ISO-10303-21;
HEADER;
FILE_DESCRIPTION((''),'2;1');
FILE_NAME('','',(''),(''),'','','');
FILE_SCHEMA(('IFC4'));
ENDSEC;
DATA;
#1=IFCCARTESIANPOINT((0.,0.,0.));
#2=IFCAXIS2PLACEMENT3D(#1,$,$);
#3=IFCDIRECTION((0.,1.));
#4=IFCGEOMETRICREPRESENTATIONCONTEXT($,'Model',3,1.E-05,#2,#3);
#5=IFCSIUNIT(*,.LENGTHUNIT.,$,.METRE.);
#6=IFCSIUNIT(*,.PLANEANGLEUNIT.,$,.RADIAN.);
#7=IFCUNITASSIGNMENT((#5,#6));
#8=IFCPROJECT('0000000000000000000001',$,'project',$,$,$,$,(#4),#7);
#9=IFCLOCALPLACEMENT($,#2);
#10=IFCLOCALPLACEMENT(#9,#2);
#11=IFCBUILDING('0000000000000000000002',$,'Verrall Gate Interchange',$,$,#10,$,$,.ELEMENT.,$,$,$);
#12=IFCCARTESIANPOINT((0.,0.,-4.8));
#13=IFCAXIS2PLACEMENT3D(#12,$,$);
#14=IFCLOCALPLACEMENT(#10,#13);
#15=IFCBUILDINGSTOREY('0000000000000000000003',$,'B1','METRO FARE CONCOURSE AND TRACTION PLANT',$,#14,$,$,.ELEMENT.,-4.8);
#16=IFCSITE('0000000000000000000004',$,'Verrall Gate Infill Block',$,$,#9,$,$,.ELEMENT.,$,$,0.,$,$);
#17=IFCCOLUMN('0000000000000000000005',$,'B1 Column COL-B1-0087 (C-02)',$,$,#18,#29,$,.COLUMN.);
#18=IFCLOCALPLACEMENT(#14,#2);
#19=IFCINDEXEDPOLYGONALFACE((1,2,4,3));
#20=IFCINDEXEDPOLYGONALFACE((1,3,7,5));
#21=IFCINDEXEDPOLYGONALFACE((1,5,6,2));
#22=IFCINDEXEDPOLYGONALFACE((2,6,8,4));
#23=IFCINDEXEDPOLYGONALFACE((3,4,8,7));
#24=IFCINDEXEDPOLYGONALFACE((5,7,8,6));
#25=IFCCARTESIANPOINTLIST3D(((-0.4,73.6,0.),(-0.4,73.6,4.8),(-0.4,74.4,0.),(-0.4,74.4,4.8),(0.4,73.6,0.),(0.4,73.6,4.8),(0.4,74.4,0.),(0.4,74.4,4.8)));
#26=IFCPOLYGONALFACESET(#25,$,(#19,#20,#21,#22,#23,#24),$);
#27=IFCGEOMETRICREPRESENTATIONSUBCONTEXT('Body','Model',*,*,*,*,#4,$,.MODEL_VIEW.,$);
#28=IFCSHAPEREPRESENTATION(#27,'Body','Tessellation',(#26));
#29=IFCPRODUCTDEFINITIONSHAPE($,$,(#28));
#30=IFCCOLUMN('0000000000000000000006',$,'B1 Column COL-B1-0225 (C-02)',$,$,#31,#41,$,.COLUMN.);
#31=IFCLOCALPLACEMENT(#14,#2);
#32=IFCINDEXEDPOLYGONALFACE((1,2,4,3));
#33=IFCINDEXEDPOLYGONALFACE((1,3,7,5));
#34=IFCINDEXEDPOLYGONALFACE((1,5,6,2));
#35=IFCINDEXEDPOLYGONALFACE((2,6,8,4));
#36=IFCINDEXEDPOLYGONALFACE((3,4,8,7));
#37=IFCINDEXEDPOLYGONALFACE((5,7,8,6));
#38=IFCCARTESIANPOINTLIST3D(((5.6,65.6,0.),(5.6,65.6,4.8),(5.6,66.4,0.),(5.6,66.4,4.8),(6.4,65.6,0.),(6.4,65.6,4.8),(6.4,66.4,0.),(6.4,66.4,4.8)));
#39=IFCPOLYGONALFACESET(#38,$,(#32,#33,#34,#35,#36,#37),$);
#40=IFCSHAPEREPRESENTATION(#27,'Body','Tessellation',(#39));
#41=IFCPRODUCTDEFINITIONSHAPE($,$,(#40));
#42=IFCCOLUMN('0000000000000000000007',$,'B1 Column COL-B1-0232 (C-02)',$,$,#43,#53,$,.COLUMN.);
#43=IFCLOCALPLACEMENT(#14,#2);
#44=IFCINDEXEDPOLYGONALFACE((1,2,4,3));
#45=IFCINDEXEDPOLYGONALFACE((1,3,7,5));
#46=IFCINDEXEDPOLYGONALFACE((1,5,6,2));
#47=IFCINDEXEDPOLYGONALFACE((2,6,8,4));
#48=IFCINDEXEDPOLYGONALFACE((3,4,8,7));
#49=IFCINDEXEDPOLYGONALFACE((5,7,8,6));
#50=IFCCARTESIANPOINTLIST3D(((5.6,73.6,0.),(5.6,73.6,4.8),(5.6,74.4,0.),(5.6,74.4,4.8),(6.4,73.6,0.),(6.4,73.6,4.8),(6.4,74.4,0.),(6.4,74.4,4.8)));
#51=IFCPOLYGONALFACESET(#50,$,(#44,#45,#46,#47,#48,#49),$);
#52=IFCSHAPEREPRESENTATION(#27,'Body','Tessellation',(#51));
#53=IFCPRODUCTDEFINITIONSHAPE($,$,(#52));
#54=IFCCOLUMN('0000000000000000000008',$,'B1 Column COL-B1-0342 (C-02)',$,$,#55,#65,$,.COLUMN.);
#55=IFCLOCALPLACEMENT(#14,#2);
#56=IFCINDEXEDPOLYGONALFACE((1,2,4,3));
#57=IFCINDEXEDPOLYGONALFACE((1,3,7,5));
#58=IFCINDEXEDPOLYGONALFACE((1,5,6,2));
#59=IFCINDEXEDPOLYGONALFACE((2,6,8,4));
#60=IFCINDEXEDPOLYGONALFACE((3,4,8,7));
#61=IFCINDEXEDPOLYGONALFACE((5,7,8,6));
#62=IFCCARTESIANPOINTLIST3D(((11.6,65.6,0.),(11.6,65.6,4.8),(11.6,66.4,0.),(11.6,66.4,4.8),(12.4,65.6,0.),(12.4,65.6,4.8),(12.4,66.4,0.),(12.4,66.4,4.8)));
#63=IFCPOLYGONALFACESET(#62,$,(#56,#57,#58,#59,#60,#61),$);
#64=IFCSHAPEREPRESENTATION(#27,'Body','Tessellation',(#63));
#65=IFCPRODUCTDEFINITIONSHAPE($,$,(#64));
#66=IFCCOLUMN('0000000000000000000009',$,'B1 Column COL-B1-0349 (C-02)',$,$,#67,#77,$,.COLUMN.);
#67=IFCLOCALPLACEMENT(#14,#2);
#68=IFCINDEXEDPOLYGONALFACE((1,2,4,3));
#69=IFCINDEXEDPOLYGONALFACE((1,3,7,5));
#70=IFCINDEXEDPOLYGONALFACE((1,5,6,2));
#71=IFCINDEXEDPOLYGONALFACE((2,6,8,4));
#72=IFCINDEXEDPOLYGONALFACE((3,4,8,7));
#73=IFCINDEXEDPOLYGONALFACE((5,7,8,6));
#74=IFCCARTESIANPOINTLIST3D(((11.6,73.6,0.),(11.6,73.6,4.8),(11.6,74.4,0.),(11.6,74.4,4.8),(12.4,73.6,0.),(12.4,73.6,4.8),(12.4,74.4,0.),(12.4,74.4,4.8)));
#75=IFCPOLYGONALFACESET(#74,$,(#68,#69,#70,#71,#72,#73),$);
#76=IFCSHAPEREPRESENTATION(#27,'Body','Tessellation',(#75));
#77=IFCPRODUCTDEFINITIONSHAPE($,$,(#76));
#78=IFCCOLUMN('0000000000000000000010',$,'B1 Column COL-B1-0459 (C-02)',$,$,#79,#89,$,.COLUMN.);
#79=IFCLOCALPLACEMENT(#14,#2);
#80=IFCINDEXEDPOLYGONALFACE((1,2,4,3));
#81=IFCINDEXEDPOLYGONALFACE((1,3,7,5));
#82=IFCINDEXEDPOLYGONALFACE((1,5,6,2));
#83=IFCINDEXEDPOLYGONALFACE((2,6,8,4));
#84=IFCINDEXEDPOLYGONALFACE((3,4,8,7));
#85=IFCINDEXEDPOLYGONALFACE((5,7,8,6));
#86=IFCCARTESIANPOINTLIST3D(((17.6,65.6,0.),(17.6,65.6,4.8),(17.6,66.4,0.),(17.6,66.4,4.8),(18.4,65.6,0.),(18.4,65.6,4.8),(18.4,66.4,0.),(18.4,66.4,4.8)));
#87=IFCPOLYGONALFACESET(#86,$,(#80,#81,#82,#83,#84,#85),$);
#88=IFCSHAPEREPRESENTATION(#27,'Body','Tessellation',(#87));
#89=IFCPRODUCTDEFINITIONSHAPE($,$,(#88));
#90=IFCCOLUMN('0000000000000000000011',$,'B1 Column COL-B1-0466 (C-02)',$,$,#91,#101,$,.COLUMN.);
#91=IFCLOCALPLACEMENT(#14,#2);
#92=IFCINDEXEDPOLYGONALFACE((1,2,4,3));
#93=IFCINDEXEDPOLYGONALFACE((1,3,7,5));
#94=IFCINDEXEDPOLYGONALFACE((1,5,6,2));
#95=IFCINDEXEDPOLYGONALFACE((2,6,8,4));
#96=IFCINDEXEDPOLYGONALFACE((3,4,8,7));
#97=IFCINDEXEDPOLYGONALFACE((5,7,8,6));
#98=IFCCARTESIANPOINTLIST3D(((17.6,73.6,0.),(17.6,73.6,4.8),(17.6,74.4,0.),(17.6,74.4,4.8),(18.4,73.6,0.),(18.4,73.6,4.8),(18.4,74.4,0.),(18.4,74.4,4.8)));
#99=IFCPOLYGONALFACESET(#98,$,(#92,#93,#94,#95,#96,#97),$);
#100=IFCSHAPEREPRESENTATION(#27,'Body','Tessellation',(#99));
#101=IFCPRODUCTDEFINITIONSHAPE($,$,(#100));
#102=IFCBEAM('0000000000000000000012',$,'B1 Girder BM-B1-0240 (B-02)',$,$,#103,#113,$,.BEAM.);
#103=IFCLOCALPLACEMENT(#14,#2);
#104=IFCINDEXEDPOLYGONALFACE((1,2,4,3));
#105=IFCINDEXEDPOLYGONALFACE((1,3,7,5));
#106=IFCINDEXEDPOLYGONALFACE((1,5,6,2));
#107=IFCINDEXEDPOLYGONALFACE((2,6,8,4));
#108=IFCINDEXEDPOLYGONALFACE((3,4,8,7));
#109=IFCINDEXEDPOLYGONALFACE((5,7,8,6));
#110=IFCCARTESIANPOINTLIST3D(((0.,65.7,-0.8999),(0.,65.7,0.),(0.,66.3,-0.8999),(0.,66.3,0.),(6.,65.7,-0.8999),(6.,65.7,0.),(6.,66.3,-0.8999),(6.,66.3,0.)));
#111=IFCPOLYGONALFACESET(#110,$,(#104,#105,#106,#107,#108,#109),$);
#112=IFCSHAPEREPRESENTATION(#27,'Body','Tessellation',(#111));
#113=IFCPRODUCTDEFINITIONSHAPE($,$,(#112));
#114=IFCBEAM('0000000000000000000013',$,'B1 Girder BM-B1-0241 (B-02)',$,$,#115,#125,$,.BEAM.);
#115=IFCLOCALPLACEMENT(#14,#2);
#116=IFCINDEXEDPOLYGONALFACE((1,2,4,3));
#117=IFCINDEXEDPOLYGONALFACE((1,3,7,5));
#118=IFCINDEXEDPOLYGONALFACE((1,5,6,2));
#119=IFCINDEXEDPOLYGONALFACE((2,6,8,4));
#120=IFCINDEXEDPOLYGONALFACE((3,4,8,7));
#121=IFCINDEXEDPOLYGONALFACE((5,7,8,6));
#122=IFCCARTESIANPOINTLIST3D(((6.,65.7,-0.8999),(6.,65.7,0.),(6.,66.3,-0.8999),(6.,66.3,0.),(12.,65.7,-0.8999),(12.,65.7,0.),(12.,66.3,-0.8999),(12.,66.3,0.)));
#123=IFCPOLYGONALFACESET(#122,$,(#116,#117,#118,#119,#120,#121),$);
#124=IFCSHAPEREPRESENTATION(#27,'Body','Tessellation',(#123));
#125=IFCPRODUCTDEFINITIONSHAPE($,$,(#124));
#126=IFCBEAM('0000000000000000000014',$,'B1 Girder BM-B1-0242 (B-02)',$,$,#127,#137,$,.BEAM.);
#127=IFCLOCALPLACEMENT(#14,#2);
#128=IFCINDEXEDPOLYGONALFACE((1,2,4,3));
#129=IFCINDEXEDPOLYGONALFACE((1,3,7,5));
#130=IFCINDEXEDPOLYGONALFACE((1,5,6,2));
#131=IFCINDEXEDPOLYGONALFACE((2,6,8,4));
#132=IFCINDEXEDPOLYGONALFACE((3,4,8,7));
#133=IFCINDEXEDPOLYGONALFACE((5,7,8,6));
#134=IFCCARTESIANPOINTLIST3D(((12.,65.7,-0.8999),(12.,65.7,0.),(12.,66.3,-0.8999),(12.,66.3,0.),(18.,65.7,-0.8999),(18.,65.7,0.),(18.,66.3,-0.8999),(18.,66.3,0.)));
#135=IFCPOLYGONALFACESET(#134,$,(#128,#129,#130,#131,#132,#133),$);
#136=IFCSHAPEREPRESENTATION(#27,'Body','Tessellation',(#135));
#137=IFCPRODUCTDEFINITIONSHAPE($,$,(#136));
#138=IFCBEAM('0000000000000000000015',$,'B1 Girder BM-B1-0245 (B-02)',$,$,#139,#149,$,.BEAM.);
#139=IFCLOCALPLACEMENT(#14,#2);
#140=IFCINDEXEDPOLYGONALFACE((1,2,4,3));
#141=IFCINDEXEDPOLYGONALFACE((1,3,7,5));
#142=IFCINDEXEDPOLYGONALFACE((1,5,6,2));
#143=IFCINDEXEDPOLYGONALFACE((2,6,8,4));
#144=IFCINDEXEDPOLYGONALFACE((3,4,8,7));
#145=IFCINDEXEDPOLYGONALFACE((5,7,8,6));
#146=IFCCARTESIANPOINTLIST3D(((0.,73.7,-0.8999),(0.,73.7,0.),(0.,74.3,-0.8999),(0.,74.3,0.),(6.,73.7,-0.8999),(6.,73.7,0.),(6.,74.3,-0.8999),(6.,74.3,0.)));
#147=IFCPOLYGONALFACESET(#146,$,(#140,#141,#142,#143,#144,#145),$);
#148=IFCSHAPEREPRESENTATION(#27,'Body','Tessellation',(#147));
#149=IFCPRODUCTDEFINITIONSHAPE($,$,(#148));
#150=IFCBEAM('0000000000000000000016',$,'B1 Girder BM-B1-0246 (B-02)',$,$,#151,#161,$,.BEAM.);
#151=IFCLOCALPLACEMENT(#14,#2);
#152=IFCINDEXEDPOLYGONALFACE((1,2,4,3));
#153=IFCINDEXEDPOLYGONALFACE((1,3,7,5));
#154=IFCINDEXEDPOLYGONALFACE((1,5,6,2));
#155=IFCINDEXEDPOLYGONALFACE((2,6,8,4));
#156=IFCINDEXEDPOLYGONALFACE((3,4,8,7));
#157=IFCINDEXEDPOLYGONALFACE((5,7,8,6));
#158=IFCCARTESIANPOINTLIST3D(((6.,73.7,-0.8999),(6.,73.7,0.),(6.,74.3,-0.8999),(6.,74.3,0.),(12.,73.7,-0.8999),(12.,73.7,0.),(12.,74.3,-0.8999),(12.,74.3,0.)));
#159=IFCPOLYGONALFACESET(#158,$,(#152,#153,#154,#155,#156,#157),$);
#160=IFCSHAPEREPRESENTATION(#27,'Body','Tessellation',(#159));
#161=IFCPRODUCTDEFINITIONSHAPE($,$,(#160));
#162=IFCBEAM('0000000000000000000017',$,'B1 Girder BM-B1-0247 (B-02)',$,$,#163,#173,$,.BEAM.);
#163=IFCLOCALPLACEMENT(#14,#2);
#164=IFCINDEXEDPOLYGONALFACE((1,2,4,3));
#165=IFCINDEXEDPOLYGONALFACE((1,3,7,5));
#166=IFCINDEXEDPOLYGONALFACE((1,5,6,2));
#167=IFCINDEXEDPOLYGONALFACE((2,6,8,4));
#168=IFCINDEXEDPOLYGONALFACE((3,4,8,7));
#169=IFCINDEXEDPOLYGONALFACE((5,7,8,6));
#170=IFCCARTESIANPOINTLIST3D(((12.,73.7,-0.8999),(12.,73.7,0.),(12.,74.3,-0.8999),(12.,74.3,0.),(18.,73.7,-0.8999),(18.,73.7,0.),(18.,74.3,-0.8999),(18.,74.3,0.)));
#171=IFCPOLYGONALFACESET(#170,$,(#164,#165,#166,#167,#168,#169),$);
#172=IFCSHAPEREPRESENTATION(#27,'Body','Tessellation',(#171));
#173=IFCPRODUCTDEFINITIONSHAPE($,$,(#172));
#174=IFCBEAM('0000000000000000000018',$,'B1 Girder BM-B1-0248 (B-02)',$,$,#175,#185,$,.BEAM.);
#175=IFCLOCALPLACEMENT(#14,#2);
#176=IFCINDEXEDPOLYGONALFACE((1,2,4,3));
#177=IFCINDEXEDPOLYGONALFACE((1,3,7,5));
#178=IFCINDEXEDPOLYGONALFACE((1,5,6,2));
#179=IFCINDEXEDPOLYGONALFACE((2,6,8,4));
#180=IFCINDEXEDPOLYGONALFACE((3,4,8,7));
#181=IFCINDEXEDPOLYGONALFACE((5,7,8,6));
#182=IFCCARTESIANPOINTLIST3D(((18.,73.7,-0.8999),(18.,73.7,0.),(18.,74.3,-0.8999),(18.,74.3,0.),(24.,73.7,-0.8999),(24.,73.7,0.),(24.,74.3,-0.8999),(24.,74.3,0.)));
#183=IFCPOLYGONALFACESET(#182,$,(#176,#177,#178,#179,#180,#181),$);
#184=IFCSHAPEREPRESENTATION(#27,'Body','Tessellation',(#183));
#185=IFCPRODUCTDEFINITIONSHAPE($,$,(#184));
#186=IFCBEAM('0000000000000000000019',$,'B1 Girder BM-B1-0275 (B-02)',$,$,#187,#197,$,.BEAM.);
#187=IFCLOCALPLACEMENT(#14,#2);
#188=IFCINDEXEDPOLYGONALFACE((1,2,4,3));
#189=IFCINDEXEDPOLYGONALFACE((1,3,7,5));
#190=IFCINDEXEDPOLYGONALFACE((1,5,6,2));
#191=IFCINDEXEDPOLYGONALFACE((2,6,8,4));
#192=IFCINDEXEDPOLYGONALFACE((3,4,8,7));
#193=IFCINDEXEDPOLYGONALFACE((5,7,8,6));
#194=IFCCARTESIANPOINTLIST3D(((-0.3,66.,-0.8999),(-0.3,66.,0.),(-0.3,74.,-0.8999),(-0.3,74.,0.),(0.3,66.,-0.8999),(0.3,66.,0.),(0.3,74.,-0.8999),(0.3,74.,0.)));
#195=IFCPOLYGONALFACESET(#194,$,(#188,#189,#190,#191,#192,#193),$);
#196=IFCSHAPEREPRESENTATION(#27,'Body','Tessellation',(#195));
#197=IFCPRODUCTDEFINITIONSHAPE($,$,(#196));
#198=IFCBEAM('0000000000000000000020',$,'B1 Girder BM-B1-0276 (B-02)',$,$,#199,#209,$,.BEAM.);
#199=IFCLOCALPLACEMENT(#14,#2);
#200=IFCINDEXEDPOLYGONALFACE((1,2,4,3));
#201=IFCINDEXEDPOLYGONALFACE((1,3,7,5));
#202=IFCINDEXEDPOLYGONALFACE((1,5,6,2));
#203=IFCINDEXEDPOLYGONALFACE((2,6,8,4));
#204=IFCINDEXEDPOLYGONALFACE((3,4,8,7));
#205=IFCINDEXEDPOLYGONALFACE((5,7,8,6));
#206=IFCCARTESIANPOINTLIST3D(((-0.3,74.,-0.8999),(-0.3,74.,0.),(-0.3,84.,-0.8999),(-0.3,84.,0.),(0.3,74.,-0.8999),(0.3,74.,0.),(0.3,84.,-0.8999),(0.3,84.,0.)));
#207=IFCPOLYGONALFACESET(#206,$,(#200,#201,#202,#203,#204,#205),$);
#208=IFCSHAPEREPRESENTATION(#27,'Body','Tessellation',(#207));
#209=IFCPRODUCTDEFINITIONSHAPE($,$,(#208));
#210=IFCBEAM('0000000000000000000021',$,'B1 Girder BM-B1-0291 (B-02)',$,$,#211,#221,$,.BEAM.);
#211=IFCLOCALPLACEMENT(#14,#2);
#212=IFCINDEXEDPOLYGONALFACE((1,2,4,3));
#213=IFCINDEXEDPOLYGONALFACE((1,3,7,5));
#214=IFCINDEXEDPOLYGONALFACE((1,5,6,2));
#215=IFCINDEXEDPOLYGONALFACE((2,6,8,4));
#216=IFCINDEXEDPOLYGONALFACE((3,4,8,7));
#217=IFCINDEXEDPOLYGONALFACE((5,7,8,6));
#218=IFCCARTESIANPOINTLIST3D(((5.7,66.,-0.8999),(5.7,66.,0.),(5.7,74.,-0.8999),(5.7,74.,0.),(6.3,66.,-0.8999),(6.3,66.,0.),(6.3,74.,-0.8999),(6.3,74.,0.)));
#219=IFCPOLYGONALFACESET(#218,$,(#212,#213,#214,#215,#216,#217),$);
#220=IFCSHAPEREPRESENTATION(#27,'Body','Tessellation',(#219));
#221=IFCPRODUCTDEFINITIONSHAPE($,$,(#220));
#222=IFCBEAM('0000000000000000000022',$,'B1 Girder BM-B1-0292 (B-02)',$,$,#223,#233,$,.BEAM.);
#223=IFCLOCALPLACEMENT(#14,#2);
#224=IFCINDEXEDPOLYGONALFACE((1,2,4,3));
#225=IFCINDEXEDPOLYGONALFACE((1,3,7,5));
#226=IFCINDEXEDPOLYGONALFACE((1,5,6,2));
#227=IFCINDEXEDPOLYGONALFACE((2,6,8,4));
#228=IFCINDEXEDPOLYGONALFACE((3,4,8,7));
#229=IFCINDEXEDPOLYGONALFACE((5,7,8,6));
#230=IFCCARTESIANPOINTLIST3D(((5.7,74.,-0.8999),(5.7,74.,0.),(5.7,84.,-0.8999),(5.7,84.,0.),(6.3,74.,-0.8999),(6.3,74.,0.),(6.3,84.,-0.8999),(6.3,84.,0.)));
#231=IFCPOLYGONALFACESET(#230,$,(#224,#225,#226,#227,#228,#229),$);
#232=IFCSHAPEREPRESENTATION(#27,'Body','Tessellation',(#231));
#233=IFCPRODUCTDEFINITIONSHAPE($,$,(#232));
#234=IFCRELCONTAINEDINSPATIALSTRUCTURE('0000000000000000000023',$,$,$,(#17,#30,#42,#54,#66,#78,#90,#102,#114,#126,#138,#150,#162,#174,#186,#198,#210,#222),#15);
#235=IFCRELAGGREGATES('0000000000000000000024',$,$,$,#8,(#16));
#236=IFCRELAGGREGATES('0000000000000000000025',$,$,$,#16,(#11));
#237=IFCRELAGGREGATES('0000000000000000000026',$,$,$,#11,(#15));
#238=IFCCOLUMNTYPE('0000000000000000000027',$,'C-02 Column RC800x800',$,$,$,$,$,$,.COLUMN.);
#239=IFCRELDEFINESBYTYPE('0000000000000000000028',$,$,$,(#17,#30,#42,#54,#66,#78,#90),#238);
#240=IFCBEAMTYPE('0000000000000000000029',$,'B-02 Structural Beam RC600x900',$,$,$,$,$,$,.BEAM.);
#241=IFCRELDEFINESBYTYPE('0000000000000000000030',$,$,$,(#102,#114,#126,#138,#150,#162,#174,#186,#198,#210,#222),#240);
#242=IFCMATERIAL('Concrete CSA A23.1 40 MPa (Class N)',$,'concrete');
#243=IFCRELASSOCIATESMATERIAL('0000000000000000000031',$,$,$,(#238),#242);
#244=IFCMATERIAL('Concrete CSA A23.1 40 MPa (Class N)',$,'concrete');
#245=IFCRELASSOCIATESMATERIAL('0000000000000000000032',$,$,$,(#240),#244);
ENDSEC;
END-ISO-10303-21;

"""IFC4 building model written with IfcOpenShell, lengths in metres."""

from ifc_helpers import new_model, si_unit, direction, frame, origin, origin_2d, place, context, subcontext, project, spatial, rectangle, extrude, material, material_profile, profile_set, type_object, element, save


model = new_model("IFC4")

# Units and contexts
model_context = context("Model", 3, precision=1e-05, world=origin(), true_north=direction((0.0, 1.0)))
body_context = subcontext(model_context, "Body", "Model", "MODEL_VIEW")
ifc_project = project(units=[si_unit("LENGTHUNIT", "METRE"), si_unit("PLANEANGLEUNIT", "RADIAN")], contexts=[model_context])

# Site, building, storey
site_placement = place(None, origin())
site = spatial("IfcSite", under=ifc_project, at=site_placement, Name="Verrall Gate Infill Block", CompositionType="ELEMENT", RefElevation=0.0)
building_placement = place(site_placement, origin())
building = spatial("IfcBuilding", under=site, at=building_placement, Name="Verrall Gate Interchange", CompositionType="ELEMENT")
storey_placement = place(building_placement, frame((0.0, 0.0, -4.8)))
storey = spatial("IfcBuildingStorey", under=building, at=storey_placement, Name="B1", Description="METRO FARE CONCOURSE AND TRACTION PLANT", CompositionType="ELEMENT", Elevation=-4.8)

# Columns
ifc_material_1 = material(Name="Concrete CSA A23.1 40 MPa (Class N)", Category="concrete")
ifc_material_profile_1 = material_profile(ifc_material_1, rectangle(XDim=0.8, YDim=0.8, at=origin_2d()), Name="RC800x800")
ifc_profile_set_1 = profile_set([ifc_material_profile_1], Name="Concrete CSA A23.1 40 MPa (Class N)")
column_type = type_object("IfcColumnType", Name="C-02 Column RC800x800", PredefinedType="COLUMN", material=ifc_profile_set_1)
for number, where, z_axis, x_axis, name in (
    (1, (0.0, 74.0, 0.0), (0.0, 0.0, 1.0), (1.0, 0.0, 0.0), "B1 Column COL-B1-0087 (C-02)"),
    (2, (6.0, 66.0, 0.0), (0.0, 0.0, 1.0), (1.0, 0.0, 0.0), "B1 Column COL-B1-0225 (C-02)"),
    (3, (6.0, 74.0, 0.0), (0.0, 0.0, 1.0), (1.0, 0.0, 0.0), "B1 Column COL-B1-0232 (C-02)"),
    (4, (12.0, 66.0, 0.0), (0.0, 0.0, 1.0), (1.0, 0.0, 0.0), "B1 Column COL-B1-0342 (C-02)"),
    (5, (12.0, 74.0, 0.0), (0.0, 0.0, 1.0), (1.0, 0.0, 0.0), "B1 Column COL-B1-0349 (C-02)"),
    (6, (18.0, 66.0, 0.0), (0.0, 0.0, 1.0), (1.0, 0.0, 0.0), "B1 Column COL-B1-0459 (C-02)"),
    (7, (18.0, 74.0, 0.0), (0.0, 0.0, 1.0), (1.0, 0.0, 0.0), "B1 Column COL-B1-0466 (C-02)"),
):
    element("IfcColumn", number, at=place(storey_placement, frame(where, z_axis=z_axis, x_axis=x_axis)), inside=storey, type_object=column_type, Name=name, PredefinedType="COLUMN", context=body_context, shape_type="SweptSolid", body=[
        extrude(rectangle(XDim=0.8, YDim=0.8, at=origin_2d()), origin(), (0.0, 0.0, 1.0), 4.8),
    ])

# Beams
ifc_material_2 = material(Name="Concrete CSA A23.1 40 MPa (Class N)", Category="concrete")
ifc_material_profile_2 = material_profile(ifc_material_2, rectangle(XDim=0.6001, YDim=0.8999, at=origin_2d()), Name="RC600x900")
ifc_profile_set_2 = profile_set([ifc_material_profile_2], Name="Concrete CSA A23.1 40 MPa (Class N)")
beam_type_1 = type_object("IfcBeamType", Name="B-02 Structural Beam RC600x900", PredefinedType="BEAM", material=ifc_profile_set_2)
for number, where, z_axis, x_axis, name in (
    (8, (0.0, 66.0, -0.45), (1.0, 0.0, 0.0), (0.0, 1.0, 0.0), "B1 Girder BM-B1-0240 (B-02)"),
    (9, (6.0, 66.0, -0.45), (1.0, 0.0, 0.0), (0.0, 1.0, 0.0), "B1 Girder BM-B1-0241 (B-02)"),
    (10, (12.0, 66.0, -0.45), (1.0, 0.0, 0.0), (0.0, 1.0, 0.0), "B1 Girder BM-B1-0242 (B-02)"),
    (11, (0.0, 74.0, -0.45), (1.0, 0.0, 0.0), (0.0, 1.0, 0.0), "B1 Girder BM-B1-0245 (B-02)"),
    (12, (6.0, 74.0, -0.45), (1.0, 0.0, 0.0), (0.0, 1.0, 0.0), "B1 Girder BM-B1-0246 (B-02)"),
    (13, (12.0, 74.0, -0.45), (1.0, 0.0, 0.0), (0.0, 1.0, 0.0), "B1 Girder BM-B1-0247 (B-02)"),
    (14, (18.0, 74.0, -0.45), (1.0, 0.0, 0.0), (0.0, 1.0, 0.0), "B1 Girder BM-B1-0248 (B-02)"),
):
    element("IfcBeam", number, at=place(storey_placement, frame(where, z_axis=z_axis, x_axis=x_axis)), inside=storey, type_object=beam_type_1, Name=name, PredefinedType="BEAM", context=body_context, shape_type="SweptSolid", body=[
        extrude(rectangle(XDim=0.6001, YDim=0.8999, at=origin_2d()), origin(), (0.0, 0.0, 1.0), 6.0),
    ])
beam_1_placement = place(storey_placement, frame((0.0, 66.0, -0.45), z_axis=(0.0, 1.0, 0.0), x_axis=(-1.0, 0.0, 0.0)))
element("IfcBeam", 15, at=beam_1_placement, inside=storey, type_object=beam_type_1, Name="B1 Girder BM-B1-0275 (B-02)", PredefinedType="BEAM", context=body_context, shape_type="SweptSolid", body=[
    extrude(rectangle(XDim=0.6001, YDim=0.8999, at=origin_2d()), origin(), (0.0, 0.0, 1.0), 8.0),
])
beam_2_placement = place(storey_placement, frame((0.0, 74.0, -0.45), z_axis=(0.0, 1.0, 0.0), x_axis=(-1.0, 0.0, 0.0)))
element("IfcBeam", 16, at=beam_2_placement, inside=storey, type_object=beam_type_1, Name="B1 Girder BM-B1-0276 (B-02)", PredefinedType="BEAM", context=body_context, shape_type="SweptSolid", body=[
    extrude(rectangle(XDim=0.6001, YDim=0.8999, at=origin_2d()), origin(), (0.0, 0.0, 1.0), 10.0),
])
beam_3_placement = place(storey_placement, frame((6.0, 66.0, -0.45), z_axis=(0.0, 1.0, 0.0), x_axis=(-1.0, 0.0, 0.0)))
element("IfcBeam", 17, at=beam_3_placement, inside=storey, type_object=beam_type_1, Name="B1 Girder BM-B1-0291 (B-02)", PredefinedType="BEAM", context=body_context, shape_type="SweptSolid", body=[
    extrude(rectangle(XDim=0.6001, YDim=0.8999, at=origin_2d()), origin(), (0.0, 0.0, 1.0), 8.0),
])
beam_4_placement = place(storey_placement, frame((6.0, 74.0, -0.45), z_axis=(0.0, 1.0, 0.0), x_axis=(-1.0, 0.0, 0.0)))
element("IfcBeam", 18, at=beam_4_placement, inside=storey, type_object=beam_type_1, Name="B1 Girder BM-B1-0292 (B-02)", PredefinedType="BEAM", context=body_context, shape_type="SweptSolid", body=[
    extrude(rectangle(XDim=0.6001, YDim=0.8999, at=origin_2d()), origin(), (0.0, 0.0, 1.0), 10.0),
])

save(model, "model.ifc")
